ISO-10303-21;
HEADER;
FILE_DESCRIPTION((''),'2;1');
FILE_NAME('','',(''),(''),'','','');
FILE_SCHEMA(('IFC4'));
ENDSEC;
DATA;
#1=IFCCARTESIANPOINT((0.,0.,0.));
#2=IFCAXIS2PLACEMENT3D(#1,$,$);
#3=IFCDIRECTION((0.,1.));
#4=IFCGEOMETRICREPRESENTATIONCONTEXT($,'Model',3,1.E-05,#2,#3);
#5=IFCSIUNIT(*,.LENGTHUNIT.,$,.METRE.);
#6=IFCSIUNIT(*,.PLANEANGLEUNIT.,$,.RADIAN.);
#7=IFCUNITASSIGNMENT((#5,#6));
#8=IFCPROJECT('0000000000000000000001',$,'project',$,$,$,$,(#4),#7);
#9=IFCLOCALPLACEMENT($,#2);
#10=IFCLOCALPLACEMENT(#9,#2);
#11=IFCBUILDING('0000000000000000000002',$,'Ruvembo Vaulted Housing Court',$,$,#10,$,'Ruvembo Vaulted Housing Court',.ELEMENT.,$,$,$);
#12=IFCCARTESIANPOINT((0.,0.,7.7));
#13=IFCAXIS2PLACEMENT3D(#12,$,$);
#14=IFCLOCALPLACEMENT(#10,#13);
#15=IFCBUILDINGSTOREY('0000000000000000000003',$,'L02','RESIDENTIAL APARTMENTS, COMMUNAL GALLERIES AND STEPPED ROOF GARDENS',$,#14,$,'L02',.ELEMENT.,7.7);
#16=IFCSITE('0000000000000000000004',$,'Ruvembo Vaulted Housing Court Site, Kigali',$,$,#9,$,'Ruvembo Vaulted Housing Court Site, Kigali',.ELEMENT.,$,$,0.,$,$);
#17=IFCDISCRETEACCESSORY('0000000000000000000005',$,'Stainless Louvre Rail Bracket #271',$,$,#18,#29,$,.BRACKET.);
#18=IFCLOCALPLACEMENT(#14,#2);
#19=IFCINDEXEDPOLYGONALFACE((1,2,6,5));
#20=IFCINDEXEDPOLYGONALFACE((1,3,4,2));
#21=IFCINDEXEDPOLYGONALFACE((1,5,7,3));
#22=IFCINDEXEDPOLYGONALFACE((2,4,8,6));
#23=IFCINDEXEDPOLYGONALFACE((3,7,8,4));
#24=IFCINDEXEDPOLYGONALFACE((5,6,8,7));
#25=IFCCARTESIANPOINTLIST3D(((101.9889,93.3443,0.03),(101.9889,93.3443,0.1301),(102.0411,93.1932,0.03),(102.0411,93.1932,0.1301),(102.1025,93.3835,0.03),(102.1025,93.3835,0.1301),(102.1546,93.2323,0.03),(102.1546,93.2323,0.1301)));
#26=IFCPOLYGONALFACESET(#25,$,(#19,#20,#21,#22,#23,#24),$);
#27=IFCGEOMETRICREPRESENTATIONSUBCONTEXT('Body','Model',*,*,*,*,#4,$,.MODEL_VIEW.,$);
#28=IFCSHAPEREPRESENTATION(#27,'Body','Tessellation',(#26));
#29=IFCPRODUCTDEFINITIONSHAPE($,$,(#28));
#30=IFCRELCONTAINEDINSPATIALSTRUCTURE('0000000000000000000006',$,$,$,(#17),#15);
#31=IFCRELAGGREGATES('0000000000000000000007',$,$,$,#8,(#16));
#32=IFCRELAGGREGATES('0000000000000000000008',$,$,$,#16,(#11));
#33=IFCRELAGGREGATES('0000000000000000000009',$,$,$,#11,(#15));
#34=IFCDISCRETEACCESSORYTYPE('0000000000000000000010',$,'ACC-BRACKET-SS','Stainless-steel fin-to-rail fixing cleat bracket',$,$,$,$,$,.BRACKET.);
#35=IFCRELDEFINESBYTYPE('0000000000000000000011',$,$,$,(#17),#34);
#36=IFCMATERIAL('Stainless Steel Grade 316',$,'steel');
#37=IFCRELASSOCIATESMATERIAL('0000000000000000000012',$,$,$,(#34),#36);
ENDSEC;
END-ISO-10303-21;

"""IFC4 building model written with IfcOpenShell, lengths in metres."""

from ifc_helpers import new_model, si_unit, direction, frame, origin, origin_2d, place, context, subcontext, project, spatial, rectangle, extrude, material, type_object, element, save


model = new_model("IFC4")

# Units and contexts
model_context = context("Model", 3, precision=1e-05, world=origin(), true_north=direction((0.0, 1.0)))
body_context = subcontext(model_context, "Body", "Model", "MODEL_VIEW")
ifc_project = project(units=[si_unit("LENGTHUNIT", "METRE"), si_unit("PLANEANGLEUNIT", "RADIAN")], contexts=[model_context])

# Site, building, storey
site_placement = place(None, origin())
site = spatial("IfcSite", under=ifc_project, at=site_placement, Name="Ruvembo Vaulted Housing Court Site, Kigali", LongName="Ruvembo Vaulted Housing Court Site, Kigali", CompositionType="ELEMENT", RefElevation=0.0)
building_placement = place(site_placement, origin())
building = spatial("IfcBuilding", under=site, at=building_placement, Name="Ruvembo Vaulted Housing Court", LongName="Ruvembo Vaulted Housing Court", CompositionType="ELEMENT")
storey_placement = place(building_placement, frame((0.0, 0.0, 7.7)))
storey = spatial("IfcBuildingStorey", under=building, at=storey_placement, Name="L02", Description="RESIDENTIAL APARTMENTS, COMMUNAL GALLERIES AND STEPPED ROOF GARDENS", LongName="L02", CompositionType="ELEMENT", Elevation=7.7)

# Discrete accessory
ifc_material_1 = material(Name="Stainless Steel Grade 316", Category="steel")
discrete_accessory_type = type_object("IfcDiscreteAccessoryType", Name="ACC-BRACKET-SS", Description="Stainless-steel fin-to-rail fixing cleat bracket", PredefinedType="BRACKET", material=ifc_material_1)
for number, where, z_axis, x_axis, name in (
    (1, (102.0718, 93.2883, 0.03), (0.0, 0.0, 1.0), (0.32603, -0.945359, 0.0), "Stainless Louvre Rail Bracket #271"),
):
    element("IfcDiscreteAccessory", number, at=place(storey_placement, frame(where, z_axis=z_axis, x_axis=x_axis)), inside=storey, type_object=discrete_accessory_type, Name=name, PredefinedType="BRACKET", context=body_context, shape_type="SweptSolid", body=[
        extrude(rectangle(XDim=0.1599, YDim=0.1201, at=origin_2d()), origin(), (0.0, 0.0, 1.0), 0.1001),
    ])

save(model, "model.ifc")
